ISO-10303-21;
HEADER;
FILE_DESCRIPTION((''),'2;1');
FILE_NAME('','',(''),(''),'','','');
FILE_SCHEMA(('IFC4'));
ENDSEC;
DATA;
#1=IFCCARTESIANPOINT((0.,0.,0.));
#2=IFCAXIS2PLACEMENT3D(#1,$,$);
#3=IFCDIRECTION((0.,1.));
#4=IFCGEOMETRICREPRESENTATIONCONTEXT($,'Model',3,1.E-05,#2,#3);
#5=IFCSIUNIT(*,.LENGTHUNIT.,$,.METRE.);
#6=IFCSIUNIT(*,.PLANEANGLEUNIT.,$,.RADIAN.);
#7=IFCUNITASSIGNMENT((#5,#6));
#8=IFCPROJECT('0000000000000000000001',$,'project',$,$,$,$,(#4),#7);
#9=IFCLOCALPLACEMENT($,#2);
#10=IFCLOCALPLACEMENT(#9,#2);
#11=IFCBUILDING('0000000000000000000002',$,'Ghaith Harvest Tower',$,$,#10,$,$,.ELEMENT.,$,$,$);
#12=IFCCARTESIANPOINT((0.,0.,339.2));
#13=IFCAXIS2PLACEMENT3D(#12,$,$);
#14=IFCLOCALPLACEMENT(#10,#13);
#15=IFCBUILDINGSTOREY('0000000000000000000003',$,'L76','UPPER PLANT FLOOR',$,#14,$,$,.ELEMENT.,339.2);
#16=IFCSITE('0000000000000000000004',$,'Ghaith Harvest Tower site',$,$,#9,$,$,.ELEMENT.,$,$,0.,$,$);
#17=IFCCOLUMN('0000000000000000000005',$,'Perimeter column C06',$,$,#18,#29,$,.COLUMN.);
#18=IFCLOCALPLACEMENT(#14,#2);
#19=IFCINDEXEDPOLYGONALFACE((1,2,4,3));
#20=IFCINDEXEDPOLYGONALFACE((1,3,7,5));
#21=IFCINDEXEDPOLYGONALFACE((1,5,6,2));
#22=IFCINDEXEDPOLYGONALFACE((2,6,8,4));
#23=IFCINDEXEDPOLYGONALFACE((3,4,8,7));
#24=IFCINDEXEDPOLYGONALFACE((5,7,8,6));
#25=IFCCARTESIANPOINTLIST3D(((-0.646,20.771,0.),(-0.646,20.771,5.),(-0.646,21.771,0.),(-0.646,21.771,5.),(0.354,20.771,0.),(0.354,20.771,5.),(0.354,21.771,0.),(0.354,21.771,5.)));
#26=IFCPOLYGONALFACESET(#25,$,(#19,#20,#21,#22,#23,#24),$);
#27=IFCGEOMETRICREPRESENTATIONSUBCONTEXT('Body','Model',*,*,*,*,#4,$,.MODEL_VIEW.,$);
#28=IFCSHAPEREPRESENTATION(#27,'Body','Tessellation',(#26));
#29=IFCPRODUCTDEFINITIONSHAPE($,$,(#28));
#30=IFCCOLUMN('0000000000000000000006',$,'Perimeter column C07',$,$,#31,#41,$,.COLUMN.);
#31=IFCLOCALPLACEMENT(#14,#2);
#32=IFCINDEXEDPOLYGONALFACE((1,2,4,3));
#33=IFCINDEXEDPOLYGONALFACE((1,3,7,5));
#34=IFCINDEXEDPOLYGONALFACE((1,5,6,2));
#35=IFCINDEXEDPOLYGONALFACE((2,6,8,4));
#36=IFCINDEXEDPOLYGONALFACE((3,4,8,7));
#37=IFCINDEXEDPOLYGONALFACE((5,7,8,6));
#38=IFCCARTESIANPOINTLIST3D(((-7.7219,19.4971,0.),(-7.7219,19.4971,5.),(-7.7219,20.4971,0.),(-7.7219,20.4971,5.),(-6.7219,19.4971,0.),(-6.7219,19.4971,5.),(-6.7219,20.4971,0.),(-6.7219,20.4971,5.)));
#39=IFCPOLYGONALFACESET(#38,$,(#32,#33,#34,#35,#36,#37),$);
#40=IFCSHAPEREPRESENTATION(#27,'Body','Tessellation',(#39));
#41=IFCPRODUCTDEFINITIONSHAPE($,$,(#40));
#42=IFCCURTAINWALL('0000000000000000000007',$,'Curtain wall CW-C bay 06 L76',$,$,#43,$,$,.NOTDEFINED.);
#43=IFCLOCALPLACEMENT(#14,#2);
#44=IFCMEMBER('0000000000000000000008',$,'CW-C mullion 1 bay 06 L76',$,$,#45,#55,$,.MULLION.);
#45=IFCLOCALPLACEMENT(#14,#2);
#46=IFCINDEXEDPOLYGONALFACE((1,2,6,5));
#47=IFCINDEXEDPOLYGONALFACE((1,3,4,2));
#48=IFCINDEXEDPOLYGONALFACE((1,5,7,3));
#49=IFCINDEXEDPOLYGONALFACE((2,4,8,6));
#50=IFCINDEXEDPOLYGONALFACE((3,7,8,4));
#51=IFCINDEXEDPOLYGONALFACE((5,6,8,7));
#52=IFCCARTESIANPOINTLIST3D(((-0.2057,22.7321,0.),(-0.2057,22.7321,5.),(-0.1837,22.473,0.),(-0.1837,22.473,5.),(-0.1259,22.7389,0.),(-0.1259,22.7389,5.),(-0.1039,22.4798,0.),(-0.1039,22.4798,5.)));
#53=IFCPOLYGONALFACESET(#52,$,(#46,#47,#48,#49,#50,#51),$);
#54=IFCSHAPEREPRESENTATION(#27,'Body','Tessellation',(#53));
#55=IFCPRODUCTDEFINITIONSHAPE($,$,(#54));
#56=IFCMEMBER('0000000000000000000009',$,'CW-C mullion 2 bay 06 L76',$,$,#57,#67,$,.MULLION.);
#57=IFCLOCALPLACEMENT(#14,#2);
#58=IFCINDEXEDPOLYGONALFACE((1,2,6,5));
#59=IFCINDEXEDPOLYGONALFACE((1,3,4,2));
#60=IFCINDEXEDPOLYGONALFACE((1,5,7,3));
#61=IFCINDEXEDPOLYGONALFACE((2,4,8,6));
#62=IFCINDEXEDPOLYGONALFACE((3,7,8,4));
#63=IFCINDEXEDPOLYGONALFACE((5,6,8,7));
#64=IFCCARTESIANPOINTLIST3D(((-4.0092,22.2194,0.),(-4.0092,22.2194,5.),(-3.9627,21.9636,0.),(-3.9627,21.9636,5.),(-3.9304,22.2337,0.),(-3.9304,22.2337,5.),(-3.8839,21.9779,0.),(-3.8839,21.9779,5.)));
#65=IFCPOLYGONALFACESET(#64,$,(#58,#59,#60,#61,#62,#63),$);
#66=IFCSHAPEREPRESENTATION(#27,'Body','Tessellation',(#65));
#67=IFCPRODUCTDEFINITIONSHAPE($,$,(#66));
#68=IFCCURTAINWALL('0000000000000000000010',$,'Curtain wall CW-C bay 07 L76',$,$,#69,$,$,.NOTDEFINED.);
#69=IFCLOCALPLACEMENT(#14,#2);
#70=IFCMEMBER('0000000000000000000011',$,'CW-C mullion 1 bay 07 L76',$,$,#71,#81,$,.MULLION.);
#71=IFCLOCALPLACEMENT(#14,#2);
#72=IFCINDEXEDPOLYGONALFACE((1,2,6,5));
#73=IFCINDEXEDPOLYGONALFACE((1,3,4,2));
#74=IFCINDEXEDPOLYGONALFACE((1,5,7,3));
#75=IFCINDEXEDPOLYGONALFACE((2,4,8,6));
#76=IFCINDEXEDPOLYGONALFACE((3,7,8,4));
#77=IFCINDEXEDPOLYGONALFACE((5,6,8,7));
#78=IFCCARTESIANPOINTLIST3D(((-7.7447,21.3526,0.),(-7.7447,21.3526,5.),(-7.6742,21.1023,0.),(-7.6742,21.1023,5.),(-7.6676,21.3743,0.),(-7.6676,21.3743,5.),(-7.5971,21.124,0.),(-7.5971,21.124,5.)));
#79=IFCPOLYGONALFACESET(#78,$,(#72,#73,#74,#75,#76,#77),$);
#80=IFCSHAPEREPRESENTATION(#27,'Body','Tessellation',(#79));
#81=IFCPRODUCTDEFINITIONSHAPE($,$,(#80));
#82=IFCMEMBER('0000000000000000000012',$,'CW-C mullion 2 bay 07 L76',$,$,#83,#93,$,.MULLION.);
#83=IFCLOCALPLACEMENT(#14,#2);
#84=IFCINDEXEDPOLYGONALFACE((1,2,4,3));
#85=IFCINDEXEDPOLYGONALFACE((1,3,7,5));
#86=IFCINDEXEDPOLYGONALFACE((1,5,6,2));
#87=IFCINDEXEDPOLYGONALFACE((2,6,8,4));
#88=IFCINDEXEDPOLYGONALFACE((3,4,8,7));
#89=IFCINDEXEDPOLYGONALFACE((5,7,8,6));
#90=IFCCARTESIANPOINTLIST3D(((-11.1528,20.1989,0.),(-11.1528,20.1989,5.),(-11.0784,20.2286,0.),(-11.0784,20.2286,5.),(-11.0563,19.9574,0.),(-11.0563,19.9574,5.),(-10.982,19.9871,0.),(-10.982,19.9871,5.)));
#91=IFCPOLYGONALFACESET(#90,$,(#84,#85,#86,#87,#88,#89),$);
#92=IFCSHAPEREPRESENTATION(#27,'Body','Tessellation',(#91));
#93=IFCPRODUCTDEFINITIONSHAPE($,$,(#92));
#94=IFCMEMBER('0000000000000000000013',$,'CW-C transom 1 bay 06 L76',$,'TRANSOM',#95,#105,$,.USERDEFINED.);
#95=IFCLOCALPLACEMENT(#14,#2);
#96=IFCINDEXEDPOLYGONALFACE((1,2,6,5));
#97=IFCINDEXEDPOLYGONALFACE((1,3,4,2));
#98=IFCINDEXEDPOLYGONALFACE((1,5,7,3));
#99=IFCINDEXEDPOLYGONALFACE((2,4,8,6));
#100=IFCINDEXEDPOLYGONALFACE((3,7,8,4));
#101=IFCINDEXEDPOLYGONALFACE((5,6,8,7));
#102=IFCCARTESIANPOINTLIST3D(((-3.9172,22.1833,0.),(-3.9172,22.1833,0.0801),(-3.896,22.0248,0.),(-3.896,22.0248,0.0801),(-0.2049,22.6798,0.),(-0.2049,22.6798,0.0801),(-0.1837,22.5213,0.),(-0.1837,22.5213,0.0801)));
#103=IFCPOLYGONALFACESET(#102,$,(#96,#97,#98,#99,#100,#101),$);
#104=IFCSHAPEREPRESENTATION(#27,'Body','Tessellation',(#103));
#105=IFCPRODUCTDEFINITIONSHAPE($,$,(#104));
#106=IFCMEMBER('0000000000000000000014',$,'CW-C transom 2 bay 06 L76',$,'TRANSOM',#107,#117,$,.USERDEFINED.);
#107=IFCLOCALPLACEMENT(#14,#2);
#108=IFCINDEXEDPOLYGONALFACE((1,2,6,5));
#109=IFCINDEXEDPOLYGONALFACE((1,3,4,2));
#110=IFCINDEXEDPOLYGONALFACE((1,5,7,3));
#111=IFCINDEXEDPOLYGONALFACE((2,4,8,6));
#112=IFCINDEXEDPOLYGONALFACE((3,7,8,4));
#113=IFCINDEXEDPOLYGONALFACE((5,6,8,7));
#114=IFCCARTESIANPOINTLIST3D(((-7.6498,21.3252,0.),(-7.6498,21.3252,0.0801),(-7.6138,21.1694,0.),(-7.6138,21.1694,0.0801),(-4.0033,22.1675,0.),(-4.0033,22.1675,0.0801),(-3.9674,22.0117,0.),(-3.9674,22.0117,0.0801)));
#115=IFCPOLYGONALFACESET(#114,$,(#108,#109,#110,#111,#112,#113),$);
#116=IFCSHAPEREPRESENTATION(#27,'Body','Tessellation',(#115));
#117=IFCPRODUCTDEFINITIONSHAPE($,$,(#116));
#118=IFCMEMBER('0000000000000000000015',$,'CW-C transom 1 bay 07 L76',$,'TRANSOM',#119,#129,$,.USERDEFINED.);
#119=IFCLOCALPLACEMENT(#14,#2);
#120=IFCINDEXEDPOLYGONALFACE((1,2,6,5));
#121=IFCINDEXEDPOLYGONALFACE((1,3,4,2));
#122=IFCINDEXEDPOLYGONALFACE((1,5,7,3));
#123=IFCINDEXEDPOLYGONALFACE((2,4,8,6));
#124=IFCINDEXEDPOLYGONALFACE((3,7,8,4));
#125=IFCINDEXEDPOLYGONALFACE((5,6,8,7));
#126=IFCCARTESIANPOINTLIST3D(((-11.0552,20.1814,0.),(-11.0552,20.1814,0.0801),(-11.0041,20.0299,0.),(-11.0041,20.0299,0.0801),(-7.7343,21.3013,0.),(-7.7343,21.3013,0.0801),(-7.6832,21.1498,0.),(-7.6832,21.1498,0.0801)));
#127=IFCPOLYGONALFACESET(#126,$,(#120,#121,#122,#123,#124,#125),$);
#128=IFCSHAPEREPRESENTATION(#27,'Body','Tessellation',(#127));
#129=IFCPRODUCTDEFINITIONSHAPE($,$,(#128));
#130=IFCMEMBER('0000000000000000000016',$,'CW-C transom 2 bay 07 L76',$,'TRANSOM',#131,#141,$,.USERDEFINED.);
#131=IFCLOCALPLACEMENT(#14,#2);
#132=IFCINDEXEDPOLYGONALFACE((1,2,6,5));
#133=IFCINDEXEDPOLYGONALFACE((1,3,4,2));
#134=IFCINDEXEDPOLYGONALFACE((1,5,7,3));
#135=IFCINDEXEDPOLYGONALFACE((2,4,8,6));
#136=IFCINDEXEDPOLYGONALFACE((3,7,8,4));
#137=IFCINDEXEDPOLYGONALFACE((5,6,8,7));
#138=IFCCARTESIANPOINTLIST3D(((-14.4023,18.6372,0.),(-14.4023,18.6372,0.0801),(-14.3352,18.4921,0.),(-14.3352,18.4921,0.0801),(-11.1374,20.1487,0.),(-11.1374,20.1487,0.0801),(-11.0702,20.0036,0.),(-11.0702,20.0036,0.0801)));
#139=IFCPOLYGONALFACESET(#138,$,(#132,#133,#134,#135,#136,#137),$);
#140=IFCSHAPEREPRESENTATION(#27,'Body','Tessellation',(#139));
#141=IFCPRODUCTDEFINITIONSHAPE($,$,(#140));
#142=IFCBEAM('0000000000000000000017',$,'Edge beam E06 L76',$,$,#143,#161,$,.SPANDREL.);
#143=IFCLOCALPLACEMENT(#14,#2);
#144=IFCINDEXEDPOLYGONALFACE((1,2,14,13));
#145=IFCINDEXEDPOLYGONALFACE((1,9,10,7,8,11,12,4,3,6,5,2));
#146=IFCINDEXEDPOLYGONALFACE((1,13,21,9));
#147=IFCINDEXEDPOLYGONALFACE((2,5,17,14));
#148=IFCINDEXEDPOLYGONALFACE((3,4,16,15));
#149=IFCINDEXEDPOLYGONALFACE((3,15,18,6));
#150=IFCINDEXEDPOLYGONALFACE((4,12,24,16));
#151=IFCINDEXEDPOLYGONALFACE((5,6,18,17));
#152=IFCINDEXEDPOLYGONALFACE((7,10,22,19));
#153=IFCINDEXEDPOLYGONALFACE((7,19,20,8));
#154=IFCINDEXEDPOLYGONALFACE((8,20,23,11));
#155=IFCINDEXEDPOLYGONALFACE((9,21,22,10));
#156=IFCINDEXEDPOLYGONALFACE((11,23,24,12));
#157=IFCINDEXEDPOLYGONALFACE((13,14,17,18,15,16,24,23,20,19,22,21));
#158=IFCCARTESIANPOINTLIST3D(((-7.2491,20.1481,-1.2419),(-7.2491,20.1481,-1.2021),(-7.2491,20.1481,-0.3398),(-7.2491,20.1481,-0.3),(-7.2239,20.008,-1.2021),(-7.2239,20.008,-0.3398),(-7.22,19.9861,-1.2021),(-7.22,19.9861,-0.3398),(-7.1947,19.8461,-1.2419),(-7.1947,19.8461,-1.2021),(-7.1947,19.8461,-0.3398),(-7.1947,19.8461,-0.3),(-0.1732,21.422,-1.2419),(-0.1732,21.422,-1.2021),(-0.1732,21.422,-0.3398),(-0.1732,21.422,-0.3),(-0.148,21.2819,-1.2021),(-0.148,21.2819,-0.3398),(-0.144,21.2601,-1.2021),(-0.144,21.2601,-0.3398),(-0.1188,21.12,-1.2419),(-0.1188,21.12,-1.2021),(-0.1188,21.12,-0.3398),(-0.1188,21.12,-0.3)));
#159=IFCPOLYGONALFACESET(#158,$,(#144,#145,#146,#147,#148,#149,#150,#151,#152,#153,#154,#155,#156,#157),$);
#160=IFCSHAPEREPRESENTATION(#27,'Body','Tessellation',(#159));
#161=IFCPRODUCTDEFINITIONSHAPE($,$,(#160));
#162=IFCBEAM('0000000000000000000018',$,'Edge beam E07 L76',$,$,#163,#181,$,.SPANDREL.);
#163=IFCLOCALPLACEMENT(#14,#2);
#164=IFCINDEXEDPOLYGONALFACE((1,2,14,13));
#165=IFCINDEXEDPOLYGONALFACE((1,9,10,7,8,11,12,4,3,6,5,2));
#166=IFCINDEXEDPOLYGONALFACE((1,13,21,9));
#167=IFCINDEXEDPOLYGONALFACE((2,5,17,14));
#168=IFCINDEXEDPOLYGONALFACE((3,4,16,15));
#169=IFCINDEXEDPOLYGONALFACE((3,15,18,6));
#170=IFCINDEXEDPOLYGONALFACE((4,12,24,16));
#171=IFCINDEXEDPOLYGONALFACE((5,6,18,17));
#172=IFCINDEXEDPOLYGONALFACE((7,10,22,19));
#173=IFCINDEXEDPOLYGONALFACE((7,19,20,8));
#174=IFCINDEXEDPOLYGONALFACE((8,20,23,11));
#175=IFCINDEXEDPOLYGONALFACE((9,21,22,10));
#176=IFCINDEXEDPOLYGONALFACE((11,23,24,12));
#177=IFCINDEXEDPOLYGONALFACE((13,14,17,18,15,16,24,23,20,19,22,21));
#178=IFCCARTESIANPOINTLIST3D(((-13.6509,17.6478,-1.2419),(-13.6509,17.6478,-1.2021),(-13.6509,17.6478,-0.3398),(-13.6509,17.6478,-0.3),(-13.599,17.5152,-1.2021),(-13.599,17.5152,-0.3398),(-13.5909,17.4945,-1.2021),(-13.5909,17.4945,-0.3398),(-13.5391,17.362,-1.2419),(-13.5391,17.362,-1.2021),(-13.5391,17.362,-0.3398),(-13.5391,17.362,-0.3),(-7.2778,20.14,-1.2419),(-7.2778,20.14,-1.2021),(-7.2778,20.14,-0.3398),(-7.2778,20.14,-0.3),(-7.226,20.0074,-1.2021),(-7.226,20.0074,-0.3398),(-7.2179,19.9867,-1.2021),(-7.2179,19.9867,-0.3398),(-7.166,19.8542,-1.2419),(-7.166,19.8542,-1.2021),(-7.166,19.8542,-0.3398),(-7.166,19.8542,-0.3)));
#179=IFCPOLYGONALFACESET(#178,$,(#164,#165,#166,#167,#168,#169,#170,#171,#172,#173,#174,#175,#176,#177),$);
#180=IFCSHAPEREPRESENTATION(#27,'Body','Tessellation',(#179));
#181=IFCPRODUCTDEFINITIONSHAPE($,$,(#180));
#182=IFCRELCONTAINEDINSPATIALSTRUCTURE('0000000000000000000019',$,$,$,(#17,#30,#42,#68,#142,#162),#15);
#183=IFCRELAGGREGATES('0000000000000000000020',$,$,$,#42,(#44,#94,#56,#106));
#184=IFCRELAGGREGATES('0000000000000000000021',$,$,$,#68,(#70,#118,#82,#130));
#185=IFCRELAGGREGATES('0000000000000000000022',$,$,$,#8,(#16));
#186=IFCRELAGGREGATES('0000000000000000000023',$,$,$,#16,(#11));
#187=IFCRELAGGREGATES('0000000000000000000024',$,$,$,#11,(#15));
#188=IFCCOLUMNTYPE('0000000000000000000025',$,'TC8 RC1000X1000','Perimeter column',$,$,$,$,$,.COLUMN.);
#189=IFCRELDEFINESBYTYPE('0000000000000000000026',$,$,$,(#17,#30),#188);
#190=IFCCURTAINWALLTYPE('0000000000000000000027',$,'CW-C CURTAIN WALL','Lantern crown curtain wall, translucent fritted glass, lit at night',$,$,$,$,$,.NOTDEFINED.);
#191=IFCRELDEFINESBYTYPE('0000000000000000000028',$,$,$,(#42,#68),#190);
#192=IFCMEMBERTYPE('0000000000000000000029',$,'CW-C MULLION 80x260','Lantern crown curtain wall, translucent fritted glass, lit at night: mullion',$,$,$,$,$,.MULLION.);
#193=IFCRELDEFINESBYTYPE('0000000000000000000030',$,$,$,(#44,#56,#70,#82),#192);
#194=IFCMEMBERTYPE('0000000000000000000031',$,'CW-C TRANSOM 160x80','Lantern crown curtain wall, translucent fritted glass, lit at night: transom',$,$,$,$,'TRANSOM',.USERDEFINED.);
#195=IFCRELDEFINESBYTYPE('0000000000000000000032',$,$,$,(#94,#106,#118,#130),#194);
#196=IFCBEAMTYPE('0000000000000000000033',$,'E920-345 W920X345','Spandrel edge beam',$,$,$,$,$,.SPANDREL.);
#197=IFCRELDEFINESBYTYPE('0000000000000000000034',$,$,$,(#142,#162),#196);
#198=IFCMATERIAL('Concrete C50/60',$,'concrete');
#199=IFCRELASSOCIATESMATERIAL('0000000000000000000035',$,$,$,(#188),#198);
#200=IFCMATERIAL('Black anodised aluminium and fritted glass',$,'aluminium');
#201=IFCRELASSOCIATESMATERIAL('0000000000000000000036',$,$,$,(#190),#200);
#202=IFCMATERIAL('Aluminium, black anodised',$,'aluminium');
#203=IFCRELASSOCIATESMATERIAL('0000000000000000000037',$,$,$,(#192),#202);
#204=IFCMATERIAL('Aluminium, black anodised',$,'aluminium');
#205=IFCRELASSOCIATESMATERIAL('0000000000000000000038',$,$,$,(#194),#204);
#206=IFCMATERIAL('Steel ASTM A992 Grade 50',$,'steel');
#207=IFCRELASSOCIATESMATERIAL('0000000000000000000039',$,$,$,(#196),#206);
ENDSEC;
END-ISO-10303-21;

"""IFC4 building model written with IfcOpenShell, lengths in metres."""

from ifc_helpers import new_model, si_unit, direction, frame, origin, origin_2d, place, context, subcontext, project, spatial, rectangle, i_section, extrude, material, material_profile, profile_set, type_object, element, aggregate, save


model = new_model("IFC4")

# Units and contexts
model_context = context("Model", 3, precision=1e-05, world=origin(), true_north=direction((0.0, 1.0)))
body_context = subcontext(model_context, "Body", "Model", "MODEL_VIEW")
ifc_project = project(units=[si_unit("LENGTHUNIT", "METRE"), si_unit("PLANEANGLEUNIT", "RADIAN")], contexts=[model_context])

# Site, building, storey
site_placement = place(None, origin())
site = spatial("IfcSite", under=ifc_project, at=site_placement, Name="Ghaith Harvest Tower site", CompositionType="ELEMENT", RefElevation=0.0)
building_placement = place(site_placement, origin())
building = spatial("IfcBuilding", under=site, at=building_placement, Name="Ghaith Harvest Tower", CompositionType="ELEMENT")
storey_placement = place(building_placement, frame((0.0, 0.0, 339.2)))
storey = spatial("IfcBuildingStorey", under=building, at=storey_placement, Name="L76", Description="UPPER PLANT FLOOR", CompositionType="ELEMENT", Elevation=339.2)

# Columns
ifc_material_1 = material(Name="Concrete C50/60", Category="concrete")
ifc_material_profile_1 = material_profile(ifc_material_1, rectangle(XDim=1.0, YDim=1.0, at=origin_2d()), Name="RC1000X1000")
ifc_profile_set_1 = profile_set([ifc_material_profile_1], Name="Concrete C50/60")
column_type = type_object("IfcColumnType", Name="TC8 RC1000X1000", Description="Perimeter column", PredefinedType="COLUMN", material=ifc_profile_set_1)
for number, where, z_axis, x_axis, name in (
    (1, (-0.146, 21.271, 0.0), (0.0, 0.0, 1.0), (1.0, 0.0, 0.0), "Perimeter column C06"),
    (2, (-7.2219, 19.9971, 0.0), (0.0, 0.0, 1.0), (1.0, 0.0, 0.0), "Perimeter column C07"),
):
    element("IfcColumn", number, at=place(storey_placement, frame(where, z_axis=z_axis, x_axis=x_axis)), inside=storey, type_object=column_type, Name=name, PredefinedType="COLUMN", context=body_context, shape_type="SweptSolid", body=[
        extrude(rectangle(XDim=1.0, YDim=1.0, at=origin_2d()), origin(), (0.0, 0.0, 1.0), 5.0),
    ])

# Curtain walls, members
ifc_material_2 = material(Name="Black anodised aluminium and fritted glass", Category="aluminium")
curtain_wall_type = type_object("IfcCurtainWallType", Name="CW-C CURTAIN WALL", Description="Lantern crown curtain wall, translucent fritted glass, lit at night", PredefinedType="NOTDEFINED", material=ifc_material_2)
curtain_wall_1_placement = place(storey_placement, origin())
curtain_wall_1 = element("IfcCurtainWall", 3, at=curtain_wall_1_placement, inside=storey, type_object=curtain_wall_type, Name="Curtain wall CW-C bay 06 L76", PredefinedType="NOTDEFINED")
ifc_material_3 = material(Name="Aluminium, black anodised", Category="aluminium")
ifc_material_profile_2 = material_profile(ifc_material_3, rectangle(XDim=0.0801, YDim=0.26, at=origin_2d()), Name="CW-C MULLION 80x260")
ifc_profile_set_2 = profile_set([ifc_material_profile_2], Name="Aluminium, black anodised")
member_type_1 = type_object("IfcMemberType", Name="CW-C MULLION 80x260", Description="Lantern crown curtain wall, translucent fritted glass, lit at night: mullion", PredefinedType="MULLION", material=ifc_profile_set_2)
member_1_placement = place(storey_placement, frame((-0.1548, 22.606, 0.0), z_axis=(0.0, 0.0, 1.0), x_axis=(-0.996415, -0.084602, 0.0)))
member_1 = element("IfcMember", 4, at=member_1_placement, type_object=member_type_1, Name="CW-C mullion 1 bay 06 L76", PredefinedType="MULLION", context=body_context, shape_type="SweptSolid", body=[
    extrude(rectangle(XDim=0.0801, YDim=0.26, at=origin_2d()), origin(), (0.0, 0.0, 1.0), 5.0),
])
member_2_placement = place(storey_placement, frame((-3.9465, 22.0986, 0.0), z_axis=(0.0, 0.0, 1.0), x_axis=(-0.983843, -0.179031, 0.0)))
member_2 = element("IfcMember", 5, at=member_2_placement, type_object=member_type_1, Name="CW-C mullion 2 bay 06 L76", PredefinedType="MULLION", context=body_context, shape_type="SweptSolid", body=[
    extrude(rectangle(XDim=0.0801, YDim=0.26, at=origin_2d()), origin(), (0.0, 0.0, 1.0), 5.0),
])
curtain_wall_2_placement = place(storey_placement, origin())
curtain_wall_2 = element("IfcCurtainWall", 6, at=curtain_wall_2_placement, inside=storey, type_object=curtain_wall_type, Name="Curtain wall CW-C bay 07 L76", PredefinedType="NOTDEFINED")
member_3_placement = place(storey_placement, frame((-7.6709, 21.2383, 0.0), z_axis=(0.0, 0.0, 1.0), x_axis=(-0.962552, -0.271095, 0.0)))
member_3 = element("IfcMember", 7, at=member_3_placement, type_object=member_type_1, Name="CW-C mullion 1 bay 07 L76", PredefinedType="MULLION", context=body_context, shape_type="SweptSolid", body=[
    extrude(rectangle(XDim=0.0801, YDim=0.26, at=origin_2d()), origin(), (0.0, 0.0, 1.0), 5.0),
])
member_4_placement = place(storey_placement, frame((-11.0674, 20.093, 0.0), z_axis=(0.0, 0.0, 1.0), x_axis=(-0.928624, -0.371021, 0.0)))
member_4 = element("IfcMember", 8, at=member_4_placement, type_object=member_type_1, Name="CW-C mullion 2 bay 07 L76", PredefinedType="MULLION", context=body_context, shape_type="SweptSolid", body=[
    extrude(rectangle(XDim=0.0801, YDim=0.26, at=origin_2d()), origin(), (0.0, 0.0, 1.0), 5.0),
])

# Members
ifc_material_4 = material(Name="Aluminium, black anodised", Category="aluminium")
ifc_material_profile_3 = material_profile(ifc_material_4, rectangle(XDim=0.1599, YDim=0.0801, at=origin_2d()), Name="CW-C TRANSOM 160x80")
ifc_profile_set_3 = profile_set([ifc_material_profile_3], Name="Aluminium, black anodised")
member_type_2 = type_object("IfcMemberType", Name="CW-C TRANSOM 160x80", Description="Lantern crown curtain wall, translucent fritted glass, lit at night: transom", ElementType="TRANSOM", PredefinedType="USERDEFINED", material=ifc_profile_set_3)
member_5_placement = place(storey_placement, frame((-0.1943, 22.6006, 0.04), z_axis=(-0.991172, -0.132582, 0.0), x_axis=(0.132582, -0.991172, 0.0)))
member_5 = element("IfcMember", 9, at=member_5_placement, type_object=member_type_2, Name="CW-C transom 1 bay 06 L76", ObjectType="TRANSOM", PredefinedType="USERDEFINED", context=body_context, shape_type="SweptSolid", body=[
    extrude(rectangle(XDim=0.1599, YDim=0.0801, at=origin_2d()), origin(), (0.0, 0.0, 1.0), 3.7454),
])
member_6_placement = place(storey_placement, frame((-3.9854, 22.0896, 0.04), z_axis=(-0.974345, -0.22506, 0.0), x_axis=(0.22506, -0.974345, 0.0)))
member_6 = element("IfcMember", 10, at=member_6_placement, type_object=member_type_2, Name="CW-C transom 2 bay 06 L76", ObjectType="TRANSOM", PredefinedType="USERDEFINED", context=body_context, shape_type="SweptSolid", body=[
    extrude(rectangle(XDim=0.1599, YDim=0.0801, at=origin_2d()), origin(), (0.0, 0.0, 1.0), 3.7424),
])
member_7_placement = place(storey_placement, frame((-7.7087, 21.2256, 0.04), z_axis=(-0.94757, -0.319549, 0.0), x_axis=(0.319549, -0.94757, 0.0)))
member_7 = element("IfcMember", 11, at=member_7_placement, type_object=member_type_2, Name="CW-C transom 1 bay 07 L76", ObjectType="TRANSOM", PredefinedType="USERDEFINED", context=body_context, shape_type="SweptSolid", body=[
    extrude(rectangle(XDim=0.1599, YDim=0.0801, at=origin_2d()), origin(), (0.0, 0.0, 1.0), 3.5046),
])
member_8_placement = place(storey_placement, frame((-11.1038, 20.0762, 0.04), z_axis=(-0.907472, -0.420112, 0.0), x_axis=(0.420112, -0.907472, 0.0)))
member_8 = element("IfcMember", 12, at=member_8_placement, type_object=member_type_2, Name="CW-C transom 2 bay 07 L76", ObjectType="TRANSOM", PredefinedType="USERDEFINED", context=body_context, shape_type="SweptSolid", body=[
    extrude(rectangle(XDim=0.1599, YDim=0.0801, at=origin_2d()), origin(), (0.0, 0.0, 1.0), 3.5979),
])

# Beams
ifc_material_5 = material(Name="Steel ASTM A992 Grade 50", Category="steel")
ifc_material_profile_4 = material_profile(ifc_material_5, i_section(OverallWidth=0.3069, OverallDepth=0.9419, WebThickness=0.0222, FlangeThickness=0.0398, at=origin_2d()), Name="W920X345")
ifc_profile_set_4 = profile_set([ifc_material_profile_4], Name="Steel ASTM A992 Grade 50")
beam_type_1 = type_object("IfcBeamType", Name="E920-345 W920X345", Description="Spandrel edge beam", PredefinedType="SPANDREL", material=ifc_profile_set_4)
beam_1_placement = place(storey_placement, frame((-0.146, 21.271, -0.771), z_axis=(-0.984177, -0.177188, 0.0), x_axis=(0.177188, -0.984177, 0.0)))
element("IfcBeam", 13, at=beam_1_placement, inside=storey, type_object=beam_type_1, Name="Edge beam E06 L76", PredefinedType="SPANDREL", context=body_context, shape_type="SweptSolid", body=[
    extrude(i_section(OverallWidth=0.3069, OverallDepth=0.9419, WebThickness=0.0222, FlangeThickness=0.0398, at=origin_2d()), origin(), (0.0, 0.0, 1.0), 7.1897),
])
beam_2_placement = place(storey_placement, frame((-7.2219, 19.9971, -0.771), z_axis=(-0.931323, -0.364195, 0.0), x_axis=(0.364195, -0.931323, 0.0)))
element("IfcBeam", 14, at=beam_2_placement, inside=storey, type_object=beam_type_1, Name="Edge beam E07 L76", PredefinedType="SPANDREL", context=body_context, shape_type="SweptSolid", body=[
    extrude(i_section(OverallWidth=0.3069, OverallDepth=0.9419, WebThickness=0.0222, FlangeThickness=0.0398, at=origin_2d()), origin(), (0.0, 0.0, 1.0), 6.843),
])

aggregate(curtain_wall_1, [member_1, member_5, member_2, member_6])
aggregate(curtain_wall_2, [member_3, member_7, member_4, member_8])

save(model, "model.ifc")
